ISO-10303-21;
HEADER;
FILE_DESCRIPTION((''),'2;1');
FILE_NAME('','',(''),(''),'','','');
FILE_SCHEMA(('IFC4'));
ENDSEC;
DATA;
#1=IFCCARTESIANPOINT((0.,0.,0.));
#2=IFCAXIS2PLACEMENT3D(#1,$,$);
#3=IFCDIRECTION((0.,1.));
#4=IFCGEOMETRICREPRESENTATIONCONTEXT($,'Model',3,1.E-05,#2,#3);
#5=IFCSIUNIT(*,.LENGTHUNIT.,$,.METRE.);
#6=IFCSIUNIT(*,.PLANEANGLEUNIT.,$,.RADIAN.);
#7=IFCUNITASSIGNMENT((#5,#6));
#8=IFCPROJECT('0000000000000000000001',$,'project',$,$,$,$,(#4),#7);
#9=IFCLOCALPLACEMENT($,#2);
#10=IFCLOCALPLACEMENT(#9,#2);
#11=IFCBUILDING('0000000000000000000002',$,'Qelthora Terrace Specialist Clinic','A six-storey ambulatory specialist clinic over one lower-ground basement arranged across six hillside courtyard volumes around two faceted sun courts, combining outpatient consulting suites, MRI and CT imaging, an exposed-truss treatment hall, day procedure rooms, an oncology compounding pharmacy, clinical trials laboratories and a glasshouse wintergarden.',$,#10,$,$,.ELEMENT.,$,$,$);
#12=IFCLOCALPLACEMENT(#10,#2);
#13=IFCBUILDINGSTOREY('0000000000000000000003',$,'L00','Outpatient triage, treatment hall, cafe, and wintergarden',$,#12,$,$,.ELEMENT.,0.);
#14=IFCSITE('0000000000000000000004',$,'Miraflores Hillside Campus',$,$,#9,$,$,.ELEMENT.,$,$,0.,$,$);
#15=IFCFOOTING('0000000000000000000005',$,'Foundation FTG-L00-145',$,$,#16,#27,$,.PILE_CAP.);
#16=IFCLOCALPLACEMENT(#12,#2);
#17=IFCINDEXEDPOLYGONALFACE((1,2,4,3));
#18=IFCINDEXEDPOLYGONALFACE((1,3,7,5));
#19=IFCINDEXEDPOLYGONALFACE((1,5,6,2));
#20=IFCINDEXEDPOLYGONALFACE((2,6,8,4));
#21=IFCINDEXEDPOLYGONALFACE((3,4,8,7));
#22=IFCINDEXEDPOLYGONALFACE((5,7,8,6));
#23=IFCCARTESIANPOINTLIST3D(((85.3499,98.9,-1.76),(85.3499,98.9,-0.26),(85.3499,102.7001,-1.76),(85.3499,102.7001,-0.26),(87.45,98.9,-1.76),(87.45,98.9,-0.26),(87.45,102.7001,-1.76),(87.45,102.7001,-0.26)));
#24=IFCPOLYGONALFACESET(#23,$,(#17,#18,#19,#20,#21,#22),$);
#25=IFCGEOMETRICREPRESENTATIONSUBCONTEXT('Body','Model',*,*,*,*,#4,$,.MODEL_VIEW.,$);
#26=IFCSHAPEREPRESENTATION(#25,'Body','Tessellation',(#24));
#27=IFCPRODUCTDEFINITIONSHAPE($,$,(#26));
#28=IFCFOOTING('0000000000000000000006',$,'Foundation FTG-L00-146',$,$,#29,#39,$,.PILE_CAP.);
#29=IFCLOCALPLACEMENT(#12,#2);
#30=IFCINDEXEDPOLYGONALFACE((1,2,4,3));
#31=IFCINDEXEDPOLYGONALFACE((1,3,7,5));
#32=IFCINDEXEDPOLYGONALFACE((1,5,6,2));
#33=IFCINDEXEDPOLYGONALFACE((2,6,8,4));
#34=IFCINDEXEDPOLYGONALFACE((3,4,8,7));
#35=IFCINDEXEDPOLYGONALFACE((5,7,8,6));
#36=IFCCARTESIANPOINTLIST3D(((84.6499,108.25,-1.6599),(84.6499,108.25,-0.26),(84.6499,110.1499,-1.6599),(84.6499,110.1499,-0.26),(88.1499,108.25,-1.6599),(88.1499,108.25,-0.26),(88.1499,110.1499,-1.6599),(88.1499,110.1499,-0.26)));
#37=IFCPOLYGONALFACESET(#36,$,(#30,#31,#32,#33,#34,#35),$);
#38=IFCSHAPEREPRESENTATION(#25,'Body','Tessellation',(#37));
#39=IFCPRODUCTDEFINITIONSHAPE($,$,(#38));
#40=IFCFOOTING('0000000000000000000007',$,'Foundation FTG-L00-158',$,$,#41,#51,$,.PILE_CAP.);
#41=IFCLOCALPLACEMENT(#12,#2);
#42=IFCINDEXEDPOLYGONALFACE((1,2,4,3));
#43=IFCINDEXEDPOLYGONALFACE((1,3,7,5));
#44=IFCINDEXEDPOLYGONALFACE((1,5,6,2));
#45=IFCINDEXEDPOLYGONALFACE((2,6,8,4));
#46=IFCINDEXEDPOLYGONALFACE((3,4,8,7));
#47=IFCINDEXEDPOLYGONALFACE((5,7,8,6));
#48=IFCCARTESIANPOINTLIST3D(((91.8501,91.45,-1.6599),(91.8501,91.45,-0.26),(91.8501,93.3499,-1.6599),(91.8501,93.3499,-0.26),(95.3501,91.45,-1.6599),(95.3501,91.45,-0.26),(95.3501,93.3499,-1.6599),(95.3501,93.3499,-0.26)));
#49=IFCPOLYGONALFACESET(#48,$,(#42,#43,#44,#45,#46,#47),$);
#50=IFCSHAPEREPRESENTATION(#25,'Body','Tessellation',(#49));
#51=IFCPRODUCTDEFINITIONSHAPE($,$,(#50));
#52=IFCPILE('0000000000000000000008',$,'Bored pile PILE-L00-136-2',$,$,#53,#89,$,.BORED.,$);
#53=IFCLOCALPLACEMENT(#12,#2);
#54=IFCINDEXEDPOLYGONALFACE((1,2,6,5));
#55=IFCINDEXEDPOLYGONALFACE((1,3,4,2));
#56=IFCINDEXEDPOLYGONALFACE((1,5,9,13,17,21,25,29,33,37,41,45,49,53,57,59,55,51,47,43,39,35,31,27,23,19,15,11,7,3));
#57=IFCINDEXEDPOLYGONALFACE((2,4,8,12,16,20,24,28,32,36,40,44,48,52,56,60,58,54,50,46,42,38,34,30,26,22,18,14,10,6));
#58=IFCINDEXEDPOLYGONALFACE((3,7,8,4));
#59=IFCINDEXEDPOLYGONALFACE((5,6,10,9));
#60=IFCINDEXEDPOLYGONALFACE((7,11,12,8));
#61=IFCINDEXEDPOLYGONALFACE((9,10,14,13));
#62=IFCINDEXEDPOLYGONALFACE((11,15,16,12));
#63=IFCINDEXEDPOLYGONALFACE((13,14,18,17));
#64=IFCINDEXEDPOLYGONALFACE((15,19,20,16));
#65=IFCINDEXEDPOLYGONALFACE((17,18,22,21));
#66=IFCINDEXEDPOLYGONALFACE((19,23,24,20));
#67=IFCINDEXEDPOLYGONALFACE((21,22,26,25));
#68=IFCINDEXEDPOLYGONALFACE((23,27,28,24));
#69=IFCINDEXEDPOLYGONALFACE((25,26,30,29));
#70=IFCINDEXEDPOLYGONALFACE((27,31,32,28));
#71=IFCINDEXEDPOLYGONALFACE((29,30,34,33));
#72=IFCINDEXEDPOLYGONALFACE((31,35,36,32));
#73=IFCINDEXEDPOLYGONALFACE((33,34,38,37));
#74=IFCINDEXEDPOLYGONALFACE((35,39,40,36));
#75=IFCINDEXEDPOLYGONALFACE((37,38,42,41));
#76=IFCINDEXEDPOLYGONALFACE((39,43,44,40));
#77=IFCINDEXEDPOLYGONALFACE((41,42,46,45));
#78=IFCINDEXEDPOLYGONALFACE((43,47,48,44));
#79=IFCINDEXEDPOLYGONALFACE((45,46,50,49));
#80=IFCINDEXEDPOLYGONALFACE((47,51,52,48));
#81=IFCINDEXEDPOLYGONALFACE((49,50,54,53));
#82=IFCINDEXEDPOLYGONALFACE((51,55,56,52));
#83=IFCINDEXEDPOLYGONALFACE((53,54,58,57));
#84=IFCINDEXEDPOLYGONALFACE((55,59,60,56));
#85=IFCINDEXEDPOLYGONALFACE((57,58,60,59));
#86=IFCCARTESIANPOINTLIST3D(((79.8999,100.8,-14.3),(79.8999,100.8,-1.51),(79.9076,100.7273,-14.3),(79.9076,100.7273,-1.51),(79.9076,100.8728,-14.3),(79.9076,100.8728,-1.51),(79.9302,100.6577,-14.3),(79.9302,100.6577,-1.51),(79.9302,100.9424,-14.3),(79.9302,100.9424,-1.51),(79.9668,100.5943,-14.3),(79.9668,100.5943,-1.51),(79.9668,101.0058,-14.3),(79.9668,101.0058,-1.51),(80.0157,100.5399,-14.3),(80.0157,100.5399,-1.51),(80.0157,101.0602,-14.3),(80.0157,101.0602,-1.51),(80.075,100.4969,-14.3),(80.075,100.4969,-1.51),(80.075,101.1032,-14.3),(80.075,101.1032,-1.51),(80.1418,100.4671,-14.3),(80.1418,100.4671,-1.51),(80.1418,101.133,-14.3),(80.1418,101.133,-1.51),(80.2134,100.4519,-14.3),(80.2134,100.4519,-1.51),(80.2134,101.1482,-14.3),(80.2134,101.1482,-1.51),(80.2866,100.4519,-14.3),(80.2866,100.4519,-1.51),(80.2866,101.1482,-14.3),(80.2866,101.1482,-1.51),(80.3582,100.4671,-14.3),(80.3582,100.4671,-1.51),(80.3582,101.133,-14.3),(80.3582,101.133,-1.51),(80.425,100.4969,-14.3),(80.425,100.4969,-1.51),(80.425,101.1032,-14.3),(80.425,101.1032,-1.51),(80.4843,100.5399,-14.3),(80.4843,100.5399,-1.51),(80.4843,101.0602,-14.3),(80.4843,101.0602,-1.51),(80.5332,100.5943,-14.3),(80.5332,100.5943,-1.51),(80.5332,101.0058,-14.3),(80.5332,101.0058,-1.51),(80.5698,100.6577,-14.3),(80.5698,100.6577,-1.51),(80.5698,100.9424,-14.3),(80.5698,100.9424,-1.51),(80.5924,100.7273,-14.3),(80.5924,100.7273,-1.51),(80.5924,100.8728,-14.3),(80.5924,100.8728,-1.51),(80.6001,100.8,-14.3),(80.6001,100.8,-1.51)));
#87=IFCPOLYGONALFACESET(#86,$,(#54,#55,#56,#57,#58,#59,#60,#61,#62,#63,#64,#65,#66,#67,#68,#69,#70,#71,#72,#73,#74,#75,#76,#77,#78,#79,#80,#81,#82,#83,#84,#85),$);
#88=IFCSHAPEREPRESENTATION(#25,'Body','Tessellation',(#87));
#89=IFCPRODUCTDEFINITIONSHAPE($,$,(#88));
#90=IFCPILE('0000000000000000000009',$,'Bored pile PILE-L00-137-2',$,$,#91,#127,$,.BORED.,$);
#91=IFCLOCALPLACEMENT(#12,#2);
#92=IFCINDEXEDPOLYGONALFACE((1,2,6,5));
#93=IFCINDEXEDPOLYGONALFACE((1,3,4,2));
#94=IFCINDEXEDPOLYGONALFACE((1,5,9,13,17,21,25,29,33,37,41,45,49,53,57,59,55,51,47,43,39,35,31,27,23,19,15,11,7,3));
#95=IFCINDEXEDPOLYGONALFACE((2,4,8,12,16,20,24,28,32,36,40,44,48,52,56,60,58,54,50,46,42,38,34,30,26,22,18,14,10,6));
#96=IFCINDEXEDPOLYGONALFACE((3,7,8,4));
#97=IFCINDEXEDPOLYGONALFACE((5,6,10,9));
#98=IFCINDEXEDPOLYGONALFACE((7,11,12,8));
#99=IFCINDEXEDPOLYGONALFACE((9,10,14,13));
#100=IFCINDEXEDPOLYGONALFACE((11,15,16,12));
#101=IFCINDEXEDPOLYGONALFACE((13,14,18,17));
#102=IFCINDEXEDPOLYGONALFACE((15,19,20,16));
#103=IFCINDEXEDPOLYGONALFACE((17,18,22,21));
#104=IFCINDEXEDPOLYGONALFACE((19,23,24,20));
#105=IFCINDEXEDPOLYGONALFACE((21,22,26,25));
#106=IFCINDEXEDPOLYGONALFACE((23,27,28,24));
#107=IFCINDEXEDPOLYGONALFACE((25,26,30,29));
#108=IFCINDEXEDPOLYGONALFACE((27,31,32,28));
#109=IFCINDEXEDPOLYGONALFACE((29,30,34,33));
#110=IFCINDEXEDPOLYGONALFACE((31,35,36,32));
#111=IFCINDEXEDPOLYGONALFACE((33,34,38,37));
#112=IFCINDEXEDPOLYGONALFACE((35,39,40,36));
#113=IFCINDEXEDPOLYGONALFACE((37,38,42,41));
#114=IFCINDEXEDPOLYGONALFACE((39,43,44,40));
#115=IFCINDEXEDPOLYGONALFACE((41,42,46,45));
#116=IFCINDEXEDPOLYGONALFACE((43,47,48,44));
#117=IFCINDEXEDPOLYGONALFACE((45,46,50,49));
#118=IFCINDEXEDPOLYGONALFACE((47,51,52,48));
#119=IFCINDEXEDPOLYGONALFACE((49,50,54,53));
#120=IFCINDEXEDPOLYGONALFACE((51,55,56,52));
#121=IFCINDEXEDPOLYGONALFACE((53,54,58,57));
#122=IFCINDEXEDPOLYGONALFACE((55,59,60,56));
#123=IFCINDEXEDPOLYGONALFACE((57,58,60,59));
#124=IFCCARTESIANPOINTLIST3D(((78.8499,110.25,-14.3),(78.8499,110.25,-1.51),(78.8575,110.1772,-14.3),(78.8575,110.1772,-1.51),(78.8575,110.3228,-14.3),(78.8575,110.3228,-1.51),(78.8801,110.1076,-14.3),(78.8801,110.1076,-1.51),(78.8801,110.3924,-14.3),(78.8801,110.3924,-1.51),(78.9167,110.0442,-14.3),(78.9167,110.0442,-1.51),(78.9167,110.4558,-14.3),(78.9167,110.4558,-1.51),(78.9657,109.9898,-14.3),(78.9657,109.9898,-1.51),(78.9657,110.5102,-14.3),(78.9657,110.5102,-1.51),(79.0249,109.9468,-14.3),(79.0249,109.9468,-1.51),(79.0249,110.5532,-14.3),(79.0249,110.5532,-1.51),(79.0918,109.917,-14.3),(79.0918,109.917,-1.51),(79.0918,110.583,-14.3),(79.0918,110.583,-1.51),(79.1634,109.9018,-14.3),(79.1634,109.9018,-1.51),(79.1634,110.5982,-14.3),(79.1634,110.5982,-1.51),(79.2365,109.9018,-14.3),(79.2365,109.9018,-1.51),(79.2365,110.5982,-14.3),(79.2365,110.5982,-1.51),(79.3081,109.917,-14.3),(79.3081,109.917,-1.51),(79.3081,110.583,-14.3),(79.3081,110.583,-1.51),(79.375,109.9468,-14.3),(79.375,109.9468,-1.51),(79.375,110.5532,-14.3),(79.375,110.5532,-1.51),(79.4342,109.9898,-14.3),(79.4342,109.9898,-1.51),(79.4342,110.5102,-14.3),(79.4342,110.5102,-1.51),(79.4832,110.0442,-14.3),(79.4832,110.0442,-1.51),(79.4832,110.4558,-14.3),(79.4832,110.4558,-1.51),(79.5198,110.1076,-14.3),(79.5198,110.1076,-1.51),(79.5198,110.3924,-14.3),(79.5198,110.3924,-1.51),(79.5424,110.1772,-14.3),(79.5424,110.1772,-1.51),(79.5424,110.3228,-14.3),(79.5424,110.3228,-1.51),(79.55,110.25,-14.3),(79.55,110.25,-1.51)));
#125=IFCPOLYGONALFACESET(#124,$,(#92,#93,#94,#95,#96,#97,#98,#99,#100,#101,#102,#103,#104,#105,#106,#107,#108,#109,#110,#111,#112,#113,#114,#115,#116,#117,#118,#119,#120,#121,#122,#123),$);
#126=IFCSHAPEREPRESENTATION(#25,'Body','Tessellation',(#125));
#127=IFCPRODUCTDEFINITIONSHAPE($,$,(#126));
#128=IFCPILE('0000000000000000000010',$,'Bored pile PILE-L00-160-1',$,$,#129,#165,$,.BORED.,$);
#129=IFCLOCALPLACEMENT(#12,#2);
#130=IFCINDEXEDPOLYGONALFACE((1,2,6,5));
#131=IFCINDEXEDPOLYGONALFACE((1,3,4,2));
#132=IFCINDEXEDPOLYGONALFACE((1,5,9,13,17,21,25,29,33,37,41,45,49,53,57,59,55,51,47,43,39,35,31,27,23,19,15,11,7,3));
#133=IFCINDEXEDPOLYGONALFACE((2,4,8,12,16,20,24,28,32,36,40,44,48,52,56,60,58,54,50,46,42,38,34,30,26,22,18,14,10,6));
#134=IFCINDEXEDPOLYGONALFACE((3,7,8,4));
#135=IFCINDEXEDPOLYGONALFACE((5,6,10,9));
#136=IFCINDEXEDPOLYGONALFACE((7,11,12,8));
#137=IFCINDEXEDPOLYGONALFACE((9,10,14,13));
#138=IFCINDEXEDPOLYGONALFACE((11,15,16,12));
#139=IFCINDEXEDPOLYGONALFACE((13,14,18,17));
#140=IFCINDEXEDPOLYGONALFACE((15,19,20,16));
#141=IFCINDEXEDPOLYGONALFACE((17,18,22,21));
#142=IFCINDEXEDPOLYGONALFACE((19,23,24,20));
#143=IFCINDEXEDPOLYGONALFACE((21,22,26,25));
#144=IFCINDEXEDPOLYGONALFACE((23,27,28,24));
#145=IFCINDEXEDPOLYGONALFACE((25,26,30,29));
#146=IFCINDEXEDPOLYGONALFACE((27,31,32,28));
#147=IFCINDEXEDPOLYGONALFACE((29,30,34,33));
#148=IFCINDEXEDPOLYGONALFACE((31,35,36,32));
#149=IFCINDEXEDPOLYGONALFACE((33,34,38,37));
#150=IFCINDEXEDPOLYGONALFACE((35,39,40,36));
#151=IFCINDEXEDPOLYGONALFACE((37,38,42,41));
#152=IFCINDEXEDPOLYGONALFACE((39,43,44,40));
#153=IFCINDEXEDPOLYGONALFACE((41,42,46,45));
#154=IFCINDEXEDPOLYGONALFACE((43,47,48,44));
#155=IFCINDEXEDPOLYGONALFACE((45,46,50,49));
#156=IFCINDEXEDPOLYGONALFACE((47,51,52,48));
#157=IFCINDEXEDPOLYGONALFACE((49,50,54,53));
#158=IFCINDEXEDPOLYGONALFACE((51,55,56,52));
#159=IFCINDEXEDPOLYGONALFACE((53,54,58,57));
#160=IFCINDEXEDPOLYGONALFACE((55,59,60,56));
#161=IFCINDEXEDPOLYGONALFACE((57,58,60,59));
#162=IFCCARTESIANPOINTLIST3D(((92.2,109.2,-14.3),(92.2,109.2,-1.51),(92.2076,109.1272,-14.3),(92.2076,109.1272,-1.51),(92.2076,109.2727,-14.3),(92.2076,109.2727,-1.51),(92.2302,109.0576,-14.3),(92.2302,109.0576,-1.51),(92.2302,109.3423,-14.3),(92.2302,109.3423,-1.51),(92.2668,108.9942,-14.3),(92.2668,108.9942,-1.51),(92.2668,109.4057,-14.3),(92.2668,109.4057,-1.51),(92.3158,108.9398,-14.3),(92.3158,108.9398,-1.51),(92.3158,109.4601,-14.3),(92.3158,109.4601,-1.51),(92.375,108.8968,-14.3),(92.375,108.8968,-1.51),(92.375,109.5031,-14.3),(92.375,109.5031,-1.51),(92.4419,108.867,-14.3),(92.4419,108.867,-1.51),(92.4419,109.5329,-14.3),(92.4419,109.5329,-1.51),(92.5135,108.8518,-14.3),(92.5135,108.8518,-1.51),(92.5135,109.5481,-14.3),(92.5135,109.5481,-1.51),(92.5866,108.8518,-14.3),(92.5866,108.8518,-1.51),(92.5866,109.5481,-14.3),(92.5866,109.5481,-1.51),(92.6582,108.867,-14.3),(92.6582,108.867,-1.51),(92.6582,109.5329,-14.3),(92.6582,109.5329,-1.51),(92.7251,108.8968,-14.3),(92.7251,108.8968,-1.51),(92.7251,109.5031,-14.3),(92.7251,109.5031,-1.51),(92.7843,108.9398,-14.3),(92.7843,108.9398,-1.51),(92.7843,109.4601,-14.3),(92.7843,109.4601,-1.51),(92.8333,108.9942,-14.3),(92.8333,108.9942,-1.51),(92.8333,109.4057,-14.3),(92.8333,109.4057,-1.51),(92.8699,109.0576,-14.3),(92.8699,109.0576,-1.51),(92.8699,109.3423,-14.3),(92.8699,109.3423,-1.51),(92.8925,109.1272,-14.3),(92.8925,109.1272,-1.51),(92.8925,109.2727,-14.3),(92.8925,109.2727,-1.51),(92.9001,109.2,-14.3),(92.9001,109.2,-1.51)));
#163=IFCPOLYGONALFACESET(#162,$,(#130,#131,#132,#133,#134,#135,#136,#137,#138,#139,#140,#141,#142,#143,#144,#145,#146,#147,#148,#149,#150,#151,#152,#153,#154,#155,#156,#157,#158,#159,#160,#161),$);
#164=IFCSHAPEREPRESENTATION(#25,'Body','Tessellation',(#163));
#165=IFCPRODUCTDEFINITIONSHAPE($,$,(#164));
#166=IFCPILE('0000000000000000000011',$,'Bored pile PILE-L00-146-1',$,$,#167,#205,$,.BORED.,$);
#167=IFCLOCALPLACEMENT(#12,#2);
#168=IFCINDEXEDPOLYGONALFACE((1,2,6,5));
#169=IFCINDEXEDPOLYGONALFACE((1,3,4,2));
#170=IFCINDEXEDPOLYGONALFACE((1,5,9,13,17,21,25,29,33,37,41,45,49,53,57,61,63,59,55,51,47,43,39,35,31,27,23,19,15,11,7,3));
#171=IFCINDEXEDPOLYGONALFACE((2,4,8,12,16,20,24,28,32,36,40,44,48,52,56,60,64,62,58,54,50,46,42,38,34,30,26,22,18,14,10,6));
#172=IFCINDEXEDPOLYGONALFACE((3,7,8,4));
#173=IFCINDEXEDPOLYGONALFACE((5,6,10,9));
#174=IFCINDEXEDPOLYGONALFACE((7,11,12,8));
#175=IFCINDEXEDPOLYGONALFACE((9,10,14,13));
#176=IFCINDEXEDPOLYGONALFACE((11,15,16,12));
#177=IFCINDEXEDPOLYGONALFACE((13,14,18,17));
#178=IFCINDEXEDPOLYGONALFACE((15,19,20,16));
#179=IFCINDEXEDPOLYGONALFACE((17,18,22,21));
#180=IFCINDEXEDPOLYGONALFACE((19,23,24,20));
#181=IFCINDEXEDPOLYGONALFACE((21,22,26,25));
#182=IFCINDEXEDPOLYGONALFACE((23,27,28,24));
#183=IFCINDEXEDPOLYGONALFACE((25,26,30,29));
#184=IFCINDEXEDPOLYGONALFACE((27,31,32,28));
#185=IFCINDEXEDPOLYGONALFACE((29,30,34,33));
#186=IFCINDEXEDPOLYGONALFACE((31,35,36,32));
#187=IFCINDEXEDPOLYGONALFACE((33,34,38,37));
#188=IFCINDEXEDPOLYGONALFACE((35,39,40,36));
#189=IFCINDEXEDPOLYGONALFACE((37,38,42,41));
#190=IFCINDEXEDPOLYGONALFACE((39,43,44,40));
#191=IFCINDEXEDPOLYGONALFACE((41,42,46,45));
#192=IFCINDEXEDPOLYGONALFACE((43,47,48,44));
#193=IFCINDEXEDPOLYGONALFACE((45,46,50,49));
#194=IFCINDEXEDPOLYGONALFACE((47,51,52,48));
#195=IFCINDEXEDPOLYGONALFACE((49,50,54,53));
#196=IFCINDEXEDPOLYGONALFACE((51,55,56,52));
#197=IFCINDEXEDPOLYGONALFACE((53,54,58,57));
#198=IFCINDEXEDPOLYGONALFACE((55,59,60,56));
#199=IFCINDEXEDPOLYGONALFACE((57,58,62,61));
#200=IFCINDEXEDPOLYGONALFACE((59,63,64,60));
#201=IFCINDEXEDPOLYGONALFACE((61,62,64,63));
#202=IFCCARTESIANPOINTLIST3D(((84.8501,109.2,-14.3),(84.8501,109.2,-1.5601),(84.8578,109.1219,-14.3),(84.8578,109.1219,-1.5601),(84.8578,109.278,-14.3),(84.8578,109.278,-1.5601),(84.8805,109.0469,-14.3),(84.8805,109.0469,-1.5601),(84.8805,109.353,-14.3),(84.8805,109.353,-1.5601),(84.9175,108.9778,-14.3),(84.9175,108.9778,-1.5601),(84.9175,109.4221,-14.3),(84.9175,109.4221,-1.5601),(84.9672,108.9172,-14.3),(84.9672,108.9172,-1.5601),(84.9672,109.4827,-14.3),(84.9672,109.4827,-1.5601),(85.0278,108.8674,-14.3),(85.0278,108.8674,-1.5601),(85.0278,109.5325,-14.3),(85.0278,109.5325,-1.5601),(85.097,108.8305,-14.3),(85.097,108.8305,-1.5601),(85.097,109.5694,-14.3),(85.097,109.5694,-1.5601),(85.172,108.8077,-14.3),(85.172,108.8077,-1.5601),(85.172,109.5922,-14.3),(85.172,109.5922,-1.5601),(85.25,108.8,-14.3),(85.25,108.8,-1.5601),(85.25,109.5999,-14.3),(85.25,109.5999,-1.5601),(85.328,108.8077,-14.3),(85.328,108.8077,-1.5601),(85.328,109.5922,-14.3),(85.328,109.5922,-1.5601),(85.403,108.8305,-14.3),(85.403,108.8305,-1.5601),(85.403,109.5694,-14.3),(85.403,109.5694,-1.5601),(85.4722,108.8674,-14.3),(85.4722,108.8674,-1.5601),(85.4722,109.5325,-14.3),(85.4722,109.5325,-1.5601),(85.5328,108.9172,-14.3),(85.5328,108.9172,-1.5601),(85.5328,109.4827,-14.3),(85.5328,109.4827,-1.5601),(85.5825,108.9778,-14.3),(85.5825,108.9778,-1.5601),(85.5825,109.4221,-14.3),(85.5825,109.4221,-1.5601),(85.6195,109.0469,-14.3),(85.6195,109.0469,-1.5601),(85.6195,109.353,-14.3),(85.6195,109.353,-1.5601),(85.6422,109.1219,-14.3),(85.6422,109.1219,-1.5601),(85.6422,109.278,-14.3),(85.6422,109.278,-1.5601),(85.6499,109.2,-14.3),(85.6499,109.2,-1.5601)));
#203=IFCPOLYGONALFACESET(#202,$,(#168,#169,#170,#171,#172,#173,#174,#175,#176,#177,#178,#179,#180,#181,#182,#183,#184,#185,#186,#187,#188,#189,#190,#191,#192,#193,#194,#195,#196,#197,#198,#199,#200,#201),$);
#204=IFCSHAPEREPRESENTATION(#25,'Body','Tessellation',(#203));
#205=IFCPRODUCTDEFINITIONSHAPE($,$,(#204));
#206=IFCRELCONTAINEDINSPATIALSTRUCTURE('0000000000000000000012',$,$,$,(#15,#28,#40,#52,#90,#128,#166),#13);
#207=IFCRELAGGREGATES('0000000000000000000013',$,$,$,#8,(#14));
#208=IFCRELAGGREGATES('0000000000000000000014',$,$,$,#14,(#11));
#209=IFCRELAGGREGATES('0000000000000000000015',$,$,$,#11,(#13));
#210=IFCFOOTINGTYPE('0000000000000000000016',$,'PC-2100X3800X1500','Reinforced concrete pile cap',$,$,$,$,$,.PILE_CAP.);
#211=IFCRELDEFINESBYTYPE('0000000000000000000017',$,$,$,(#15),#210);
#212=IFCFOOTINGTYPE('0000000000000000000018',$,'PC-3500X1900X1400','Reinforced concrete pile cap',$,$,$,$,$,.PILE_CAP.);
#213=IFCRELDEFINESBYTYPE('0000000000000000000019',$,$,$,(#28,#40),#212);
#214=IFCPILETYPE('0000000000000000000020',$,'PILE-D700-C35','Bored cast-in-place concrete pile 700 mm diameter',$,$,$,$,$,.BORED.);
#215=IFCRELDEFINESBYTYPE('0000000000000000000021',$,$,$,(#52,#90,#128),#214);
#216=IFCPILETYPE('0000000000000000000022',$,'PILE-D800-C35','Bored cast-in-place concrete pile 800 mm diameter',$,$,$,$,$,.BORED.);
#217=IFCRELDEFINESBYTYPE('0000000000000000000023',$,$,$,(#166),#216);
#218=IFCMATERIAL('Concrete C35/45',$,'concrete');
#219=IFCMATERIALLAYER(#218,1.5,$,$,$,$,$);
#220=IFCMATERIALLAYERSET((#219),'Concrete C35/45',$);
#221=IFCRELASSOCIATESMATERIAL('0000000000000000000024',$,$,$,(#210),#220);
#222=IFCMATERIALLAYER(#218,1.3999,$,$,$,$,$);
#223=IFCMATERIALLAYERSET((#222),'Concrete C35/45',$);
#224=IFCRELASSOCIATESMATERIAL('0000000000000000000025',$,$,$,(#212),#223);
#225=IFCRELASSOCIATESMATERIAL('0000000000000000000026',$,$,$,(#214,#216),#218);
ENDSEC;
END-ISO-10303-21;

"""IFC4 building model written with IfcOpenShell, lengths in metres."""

from ifc_helpers import new_model, si_unit, direction, frame, origin, origin_2d, place, context, subcontext, project, spatial, rectangle, circle, extrude, material, layer, layer_set, material_profile, profile_set, type_object, element, save


model = new_model("IFC4")

# Units and contexts
model_context = context("Model", 3, precision=1e-05, world=origin(), true_north=direction((0.0, 1.0)))
body_context = subcontext(model_context, "Body", "Model", "MODEL_VIEW")
ifc_project = project(units=[si_unit("LENGTHUNIT", "METRE"), si_unit("PLANEANGLEUNIT", "RADIAN")], contexts=[model_context])

# Site, building, storey
site_placement = place(None, origin())
site = spatial("IfcSite", under=ifc_project, at=site_placement, Name="Miraflores Hillside Campus", CompositionType="ELEMENT", RefElevation=0.0)
building_placement = place(site_placement, origin())
building = spatial("IfcBuilding", under=site, at=building_placement, Name="Qelthora Terrace Specialist Clinic", Description="A six-storey ambulatory specialist clinic over one lower-ground basement arranged across six hillside courtyard volumes around two faceted sun courts, combining outpatient consulting suites, MRI and CT imaging, an exposed-truss treatment hall, day procedure rooms, an oncology compounding pharmacy, clinical trials laboratories and a glasshouse wintergarden.", CompositionType="ELEMENT")
storey_placement = place(building_placement, origin())
storey = spatial("IfcBuildingStorey", under=building, at=storey_placement, Name="L00", Description="Outpatient triage, treatment hall, cafe, and wintergarden", CompositionType="ELEMENT", Elevation=0.0)

# Footings
ifc_material_1 = material(Name="Concrete C35/45", Category="concrete")
ifc_layer_1 = layer(ifc_material_1, 1.5)
ifc_layer_set_1 = layer_set([ifc_layer_1], Name="Concrete C35/45")
footing_type_1 = type_object("IfcFootingType", Name="PC-2100X3800X1500", Description="Reinforced concrete pile cap", PredefinedType="PILE_CAP", material=ifc_layer_set_1)
footing_placement = place(storey_placement, frame((86.3999, 100.8, -1.76), z_axis=(0.0, 0.0, 1.0), x_axis=(1.0, 0.0, 0.0)))
element("IfcFooting", 1, at=footing_placement, inside=storey, type_object=footing_type_1, Name="Foundation FTG-L00-145", PredefinedType="PILE_CAP", context=body_context, shape_type="SweptSolid", body=[
    extrude(rectangle(XDim=2.1001, YDim=3.8, at=origin_2d()), origin(), (0.0, 0.0, 1.0), 1.5),
])
ifc_layer_2 = layer(ifc_material_1, 1.3999)
ifc_layer_set_2 = layer_set([ifc_layer_2], Name="Concrete C35/45")
footing_type_2 = type_object("IfcFootingType", Name="PC-3500X1900X1400", Description="Reinforced concrete pile cap", PredefinedType="PILE_CAP", material=ifc_layer_set_2)
for number, where, z_axis, x_axis, name in (
    (2, (86.3999, 109.2, -1.6599), (0.0, 0.0, 1.0), (1.0, 0.0, 0.0), "Foundation FTG-L00-146"),
    (3, (93.6001, 92.3999, -1.6599), (0.0, 0.0, 1.0), (1.0, 0.0, 0.0), "Foundation FTG-L00-158"),
):
    element("IfcFooting", number, at=place(storey_placement, frame(where, z_axis=z_axis, x_axis=x_axis)), inside=storey, type_object=footing_type_2, Name=name, PredefinedType="PILE_CAP", context=body_context, shape_type="SweptSolid", body=[
        extrude(rectangle(XDim=3.5, YDim=1.8999, at=origin_2d()), origin(), (0.0, 0.0, 1.0), 1.3999),
    ])

# Piles
ifc_material_profile_1 = material_profile(ifc_material_1, circle(Radius=0.3501, at=origin_2d()), Name="PILE700")
ifc_profile_set_1 = profile_set([ifc_material_profile_1], Name="Concrete C35/45")
pile_type_1 = type_object("IfcPileType", Name="PILE-D700-C35", Description="Bored cast-in-place concrete pile 700 mm diameter", PredefinedType="BORED", material=ifc_profile_set_1)
for number, where, z_axis, x_axis, name in (
    (4, (80.25, 100.8, -1.51), (0.0, 0.0, -1.0), (1.0, 0.0, 0.0), "Bored pile PILE-L00-136-2"),
    (5, (79.2, 110.25, -1.51), (0.0, 0.0, -1.0), (1.0, 0.0, 0.0), "Bored pile PILE-L00-137-2"),
    (6, (92.55, 109.2, -1.51), (0.0, 0.0, -1.0), (1.0, 0.0, 0.0), "Bored pile PILE-L00-160-1"),
):
    element("IfcPile", number, at=place(storey_placement, frame(where, z_axis=z_axis, x_axis=x_axis)), inside=storey, type_object=pile_type_1, Name=name, PredefinedType="BORED", context=body_context, shape_type="SweptSolid", body=[
        extrude(circle(Radius=0.3501, at=origin_2d()), origin(), (0.0, 0.0, 1.0), 12.79),
    ])
ifc_material_profile_2 = material_profile(ifc_material_1, circle(Radius=0.3999, at=origin_2d()), Name="PILE800")
ifc_profile_set_2 = profile_set([ifc_material_profile_2], Name="Concrete C35/45")
pile_type_2 = type_object("IfcPileType", Name="PILE-D800-C35", Description="Bored cast-in-place concrete pile 800 mm diameter", PredefinedType="BORED", material=ifc_profile_set_2)
for number, where, z_axis, x_axis, name in (
    (7, (85.25, 109.2, -1.5601), (0.0, 0.0, -1.0), (1.0, 0.0, 0.0), "Bored pile PILE-L00-146-1"),
):
    element("IfcPile", number, at=place(storey_placement, frame(where, z_axis=z_axis, x_axis=x_axis)), inside=storey, type_object=pile_type_2, Name=name, PredefinedType="BORED", context=body_context, shape_type="SweptSolid", body=[
        extrude(circle(Radius=0.3999, at=origin_2d()), origin(), (0.0, 0.0, 1.0), 12.74),
    ])

save(model, "model.ifc")
